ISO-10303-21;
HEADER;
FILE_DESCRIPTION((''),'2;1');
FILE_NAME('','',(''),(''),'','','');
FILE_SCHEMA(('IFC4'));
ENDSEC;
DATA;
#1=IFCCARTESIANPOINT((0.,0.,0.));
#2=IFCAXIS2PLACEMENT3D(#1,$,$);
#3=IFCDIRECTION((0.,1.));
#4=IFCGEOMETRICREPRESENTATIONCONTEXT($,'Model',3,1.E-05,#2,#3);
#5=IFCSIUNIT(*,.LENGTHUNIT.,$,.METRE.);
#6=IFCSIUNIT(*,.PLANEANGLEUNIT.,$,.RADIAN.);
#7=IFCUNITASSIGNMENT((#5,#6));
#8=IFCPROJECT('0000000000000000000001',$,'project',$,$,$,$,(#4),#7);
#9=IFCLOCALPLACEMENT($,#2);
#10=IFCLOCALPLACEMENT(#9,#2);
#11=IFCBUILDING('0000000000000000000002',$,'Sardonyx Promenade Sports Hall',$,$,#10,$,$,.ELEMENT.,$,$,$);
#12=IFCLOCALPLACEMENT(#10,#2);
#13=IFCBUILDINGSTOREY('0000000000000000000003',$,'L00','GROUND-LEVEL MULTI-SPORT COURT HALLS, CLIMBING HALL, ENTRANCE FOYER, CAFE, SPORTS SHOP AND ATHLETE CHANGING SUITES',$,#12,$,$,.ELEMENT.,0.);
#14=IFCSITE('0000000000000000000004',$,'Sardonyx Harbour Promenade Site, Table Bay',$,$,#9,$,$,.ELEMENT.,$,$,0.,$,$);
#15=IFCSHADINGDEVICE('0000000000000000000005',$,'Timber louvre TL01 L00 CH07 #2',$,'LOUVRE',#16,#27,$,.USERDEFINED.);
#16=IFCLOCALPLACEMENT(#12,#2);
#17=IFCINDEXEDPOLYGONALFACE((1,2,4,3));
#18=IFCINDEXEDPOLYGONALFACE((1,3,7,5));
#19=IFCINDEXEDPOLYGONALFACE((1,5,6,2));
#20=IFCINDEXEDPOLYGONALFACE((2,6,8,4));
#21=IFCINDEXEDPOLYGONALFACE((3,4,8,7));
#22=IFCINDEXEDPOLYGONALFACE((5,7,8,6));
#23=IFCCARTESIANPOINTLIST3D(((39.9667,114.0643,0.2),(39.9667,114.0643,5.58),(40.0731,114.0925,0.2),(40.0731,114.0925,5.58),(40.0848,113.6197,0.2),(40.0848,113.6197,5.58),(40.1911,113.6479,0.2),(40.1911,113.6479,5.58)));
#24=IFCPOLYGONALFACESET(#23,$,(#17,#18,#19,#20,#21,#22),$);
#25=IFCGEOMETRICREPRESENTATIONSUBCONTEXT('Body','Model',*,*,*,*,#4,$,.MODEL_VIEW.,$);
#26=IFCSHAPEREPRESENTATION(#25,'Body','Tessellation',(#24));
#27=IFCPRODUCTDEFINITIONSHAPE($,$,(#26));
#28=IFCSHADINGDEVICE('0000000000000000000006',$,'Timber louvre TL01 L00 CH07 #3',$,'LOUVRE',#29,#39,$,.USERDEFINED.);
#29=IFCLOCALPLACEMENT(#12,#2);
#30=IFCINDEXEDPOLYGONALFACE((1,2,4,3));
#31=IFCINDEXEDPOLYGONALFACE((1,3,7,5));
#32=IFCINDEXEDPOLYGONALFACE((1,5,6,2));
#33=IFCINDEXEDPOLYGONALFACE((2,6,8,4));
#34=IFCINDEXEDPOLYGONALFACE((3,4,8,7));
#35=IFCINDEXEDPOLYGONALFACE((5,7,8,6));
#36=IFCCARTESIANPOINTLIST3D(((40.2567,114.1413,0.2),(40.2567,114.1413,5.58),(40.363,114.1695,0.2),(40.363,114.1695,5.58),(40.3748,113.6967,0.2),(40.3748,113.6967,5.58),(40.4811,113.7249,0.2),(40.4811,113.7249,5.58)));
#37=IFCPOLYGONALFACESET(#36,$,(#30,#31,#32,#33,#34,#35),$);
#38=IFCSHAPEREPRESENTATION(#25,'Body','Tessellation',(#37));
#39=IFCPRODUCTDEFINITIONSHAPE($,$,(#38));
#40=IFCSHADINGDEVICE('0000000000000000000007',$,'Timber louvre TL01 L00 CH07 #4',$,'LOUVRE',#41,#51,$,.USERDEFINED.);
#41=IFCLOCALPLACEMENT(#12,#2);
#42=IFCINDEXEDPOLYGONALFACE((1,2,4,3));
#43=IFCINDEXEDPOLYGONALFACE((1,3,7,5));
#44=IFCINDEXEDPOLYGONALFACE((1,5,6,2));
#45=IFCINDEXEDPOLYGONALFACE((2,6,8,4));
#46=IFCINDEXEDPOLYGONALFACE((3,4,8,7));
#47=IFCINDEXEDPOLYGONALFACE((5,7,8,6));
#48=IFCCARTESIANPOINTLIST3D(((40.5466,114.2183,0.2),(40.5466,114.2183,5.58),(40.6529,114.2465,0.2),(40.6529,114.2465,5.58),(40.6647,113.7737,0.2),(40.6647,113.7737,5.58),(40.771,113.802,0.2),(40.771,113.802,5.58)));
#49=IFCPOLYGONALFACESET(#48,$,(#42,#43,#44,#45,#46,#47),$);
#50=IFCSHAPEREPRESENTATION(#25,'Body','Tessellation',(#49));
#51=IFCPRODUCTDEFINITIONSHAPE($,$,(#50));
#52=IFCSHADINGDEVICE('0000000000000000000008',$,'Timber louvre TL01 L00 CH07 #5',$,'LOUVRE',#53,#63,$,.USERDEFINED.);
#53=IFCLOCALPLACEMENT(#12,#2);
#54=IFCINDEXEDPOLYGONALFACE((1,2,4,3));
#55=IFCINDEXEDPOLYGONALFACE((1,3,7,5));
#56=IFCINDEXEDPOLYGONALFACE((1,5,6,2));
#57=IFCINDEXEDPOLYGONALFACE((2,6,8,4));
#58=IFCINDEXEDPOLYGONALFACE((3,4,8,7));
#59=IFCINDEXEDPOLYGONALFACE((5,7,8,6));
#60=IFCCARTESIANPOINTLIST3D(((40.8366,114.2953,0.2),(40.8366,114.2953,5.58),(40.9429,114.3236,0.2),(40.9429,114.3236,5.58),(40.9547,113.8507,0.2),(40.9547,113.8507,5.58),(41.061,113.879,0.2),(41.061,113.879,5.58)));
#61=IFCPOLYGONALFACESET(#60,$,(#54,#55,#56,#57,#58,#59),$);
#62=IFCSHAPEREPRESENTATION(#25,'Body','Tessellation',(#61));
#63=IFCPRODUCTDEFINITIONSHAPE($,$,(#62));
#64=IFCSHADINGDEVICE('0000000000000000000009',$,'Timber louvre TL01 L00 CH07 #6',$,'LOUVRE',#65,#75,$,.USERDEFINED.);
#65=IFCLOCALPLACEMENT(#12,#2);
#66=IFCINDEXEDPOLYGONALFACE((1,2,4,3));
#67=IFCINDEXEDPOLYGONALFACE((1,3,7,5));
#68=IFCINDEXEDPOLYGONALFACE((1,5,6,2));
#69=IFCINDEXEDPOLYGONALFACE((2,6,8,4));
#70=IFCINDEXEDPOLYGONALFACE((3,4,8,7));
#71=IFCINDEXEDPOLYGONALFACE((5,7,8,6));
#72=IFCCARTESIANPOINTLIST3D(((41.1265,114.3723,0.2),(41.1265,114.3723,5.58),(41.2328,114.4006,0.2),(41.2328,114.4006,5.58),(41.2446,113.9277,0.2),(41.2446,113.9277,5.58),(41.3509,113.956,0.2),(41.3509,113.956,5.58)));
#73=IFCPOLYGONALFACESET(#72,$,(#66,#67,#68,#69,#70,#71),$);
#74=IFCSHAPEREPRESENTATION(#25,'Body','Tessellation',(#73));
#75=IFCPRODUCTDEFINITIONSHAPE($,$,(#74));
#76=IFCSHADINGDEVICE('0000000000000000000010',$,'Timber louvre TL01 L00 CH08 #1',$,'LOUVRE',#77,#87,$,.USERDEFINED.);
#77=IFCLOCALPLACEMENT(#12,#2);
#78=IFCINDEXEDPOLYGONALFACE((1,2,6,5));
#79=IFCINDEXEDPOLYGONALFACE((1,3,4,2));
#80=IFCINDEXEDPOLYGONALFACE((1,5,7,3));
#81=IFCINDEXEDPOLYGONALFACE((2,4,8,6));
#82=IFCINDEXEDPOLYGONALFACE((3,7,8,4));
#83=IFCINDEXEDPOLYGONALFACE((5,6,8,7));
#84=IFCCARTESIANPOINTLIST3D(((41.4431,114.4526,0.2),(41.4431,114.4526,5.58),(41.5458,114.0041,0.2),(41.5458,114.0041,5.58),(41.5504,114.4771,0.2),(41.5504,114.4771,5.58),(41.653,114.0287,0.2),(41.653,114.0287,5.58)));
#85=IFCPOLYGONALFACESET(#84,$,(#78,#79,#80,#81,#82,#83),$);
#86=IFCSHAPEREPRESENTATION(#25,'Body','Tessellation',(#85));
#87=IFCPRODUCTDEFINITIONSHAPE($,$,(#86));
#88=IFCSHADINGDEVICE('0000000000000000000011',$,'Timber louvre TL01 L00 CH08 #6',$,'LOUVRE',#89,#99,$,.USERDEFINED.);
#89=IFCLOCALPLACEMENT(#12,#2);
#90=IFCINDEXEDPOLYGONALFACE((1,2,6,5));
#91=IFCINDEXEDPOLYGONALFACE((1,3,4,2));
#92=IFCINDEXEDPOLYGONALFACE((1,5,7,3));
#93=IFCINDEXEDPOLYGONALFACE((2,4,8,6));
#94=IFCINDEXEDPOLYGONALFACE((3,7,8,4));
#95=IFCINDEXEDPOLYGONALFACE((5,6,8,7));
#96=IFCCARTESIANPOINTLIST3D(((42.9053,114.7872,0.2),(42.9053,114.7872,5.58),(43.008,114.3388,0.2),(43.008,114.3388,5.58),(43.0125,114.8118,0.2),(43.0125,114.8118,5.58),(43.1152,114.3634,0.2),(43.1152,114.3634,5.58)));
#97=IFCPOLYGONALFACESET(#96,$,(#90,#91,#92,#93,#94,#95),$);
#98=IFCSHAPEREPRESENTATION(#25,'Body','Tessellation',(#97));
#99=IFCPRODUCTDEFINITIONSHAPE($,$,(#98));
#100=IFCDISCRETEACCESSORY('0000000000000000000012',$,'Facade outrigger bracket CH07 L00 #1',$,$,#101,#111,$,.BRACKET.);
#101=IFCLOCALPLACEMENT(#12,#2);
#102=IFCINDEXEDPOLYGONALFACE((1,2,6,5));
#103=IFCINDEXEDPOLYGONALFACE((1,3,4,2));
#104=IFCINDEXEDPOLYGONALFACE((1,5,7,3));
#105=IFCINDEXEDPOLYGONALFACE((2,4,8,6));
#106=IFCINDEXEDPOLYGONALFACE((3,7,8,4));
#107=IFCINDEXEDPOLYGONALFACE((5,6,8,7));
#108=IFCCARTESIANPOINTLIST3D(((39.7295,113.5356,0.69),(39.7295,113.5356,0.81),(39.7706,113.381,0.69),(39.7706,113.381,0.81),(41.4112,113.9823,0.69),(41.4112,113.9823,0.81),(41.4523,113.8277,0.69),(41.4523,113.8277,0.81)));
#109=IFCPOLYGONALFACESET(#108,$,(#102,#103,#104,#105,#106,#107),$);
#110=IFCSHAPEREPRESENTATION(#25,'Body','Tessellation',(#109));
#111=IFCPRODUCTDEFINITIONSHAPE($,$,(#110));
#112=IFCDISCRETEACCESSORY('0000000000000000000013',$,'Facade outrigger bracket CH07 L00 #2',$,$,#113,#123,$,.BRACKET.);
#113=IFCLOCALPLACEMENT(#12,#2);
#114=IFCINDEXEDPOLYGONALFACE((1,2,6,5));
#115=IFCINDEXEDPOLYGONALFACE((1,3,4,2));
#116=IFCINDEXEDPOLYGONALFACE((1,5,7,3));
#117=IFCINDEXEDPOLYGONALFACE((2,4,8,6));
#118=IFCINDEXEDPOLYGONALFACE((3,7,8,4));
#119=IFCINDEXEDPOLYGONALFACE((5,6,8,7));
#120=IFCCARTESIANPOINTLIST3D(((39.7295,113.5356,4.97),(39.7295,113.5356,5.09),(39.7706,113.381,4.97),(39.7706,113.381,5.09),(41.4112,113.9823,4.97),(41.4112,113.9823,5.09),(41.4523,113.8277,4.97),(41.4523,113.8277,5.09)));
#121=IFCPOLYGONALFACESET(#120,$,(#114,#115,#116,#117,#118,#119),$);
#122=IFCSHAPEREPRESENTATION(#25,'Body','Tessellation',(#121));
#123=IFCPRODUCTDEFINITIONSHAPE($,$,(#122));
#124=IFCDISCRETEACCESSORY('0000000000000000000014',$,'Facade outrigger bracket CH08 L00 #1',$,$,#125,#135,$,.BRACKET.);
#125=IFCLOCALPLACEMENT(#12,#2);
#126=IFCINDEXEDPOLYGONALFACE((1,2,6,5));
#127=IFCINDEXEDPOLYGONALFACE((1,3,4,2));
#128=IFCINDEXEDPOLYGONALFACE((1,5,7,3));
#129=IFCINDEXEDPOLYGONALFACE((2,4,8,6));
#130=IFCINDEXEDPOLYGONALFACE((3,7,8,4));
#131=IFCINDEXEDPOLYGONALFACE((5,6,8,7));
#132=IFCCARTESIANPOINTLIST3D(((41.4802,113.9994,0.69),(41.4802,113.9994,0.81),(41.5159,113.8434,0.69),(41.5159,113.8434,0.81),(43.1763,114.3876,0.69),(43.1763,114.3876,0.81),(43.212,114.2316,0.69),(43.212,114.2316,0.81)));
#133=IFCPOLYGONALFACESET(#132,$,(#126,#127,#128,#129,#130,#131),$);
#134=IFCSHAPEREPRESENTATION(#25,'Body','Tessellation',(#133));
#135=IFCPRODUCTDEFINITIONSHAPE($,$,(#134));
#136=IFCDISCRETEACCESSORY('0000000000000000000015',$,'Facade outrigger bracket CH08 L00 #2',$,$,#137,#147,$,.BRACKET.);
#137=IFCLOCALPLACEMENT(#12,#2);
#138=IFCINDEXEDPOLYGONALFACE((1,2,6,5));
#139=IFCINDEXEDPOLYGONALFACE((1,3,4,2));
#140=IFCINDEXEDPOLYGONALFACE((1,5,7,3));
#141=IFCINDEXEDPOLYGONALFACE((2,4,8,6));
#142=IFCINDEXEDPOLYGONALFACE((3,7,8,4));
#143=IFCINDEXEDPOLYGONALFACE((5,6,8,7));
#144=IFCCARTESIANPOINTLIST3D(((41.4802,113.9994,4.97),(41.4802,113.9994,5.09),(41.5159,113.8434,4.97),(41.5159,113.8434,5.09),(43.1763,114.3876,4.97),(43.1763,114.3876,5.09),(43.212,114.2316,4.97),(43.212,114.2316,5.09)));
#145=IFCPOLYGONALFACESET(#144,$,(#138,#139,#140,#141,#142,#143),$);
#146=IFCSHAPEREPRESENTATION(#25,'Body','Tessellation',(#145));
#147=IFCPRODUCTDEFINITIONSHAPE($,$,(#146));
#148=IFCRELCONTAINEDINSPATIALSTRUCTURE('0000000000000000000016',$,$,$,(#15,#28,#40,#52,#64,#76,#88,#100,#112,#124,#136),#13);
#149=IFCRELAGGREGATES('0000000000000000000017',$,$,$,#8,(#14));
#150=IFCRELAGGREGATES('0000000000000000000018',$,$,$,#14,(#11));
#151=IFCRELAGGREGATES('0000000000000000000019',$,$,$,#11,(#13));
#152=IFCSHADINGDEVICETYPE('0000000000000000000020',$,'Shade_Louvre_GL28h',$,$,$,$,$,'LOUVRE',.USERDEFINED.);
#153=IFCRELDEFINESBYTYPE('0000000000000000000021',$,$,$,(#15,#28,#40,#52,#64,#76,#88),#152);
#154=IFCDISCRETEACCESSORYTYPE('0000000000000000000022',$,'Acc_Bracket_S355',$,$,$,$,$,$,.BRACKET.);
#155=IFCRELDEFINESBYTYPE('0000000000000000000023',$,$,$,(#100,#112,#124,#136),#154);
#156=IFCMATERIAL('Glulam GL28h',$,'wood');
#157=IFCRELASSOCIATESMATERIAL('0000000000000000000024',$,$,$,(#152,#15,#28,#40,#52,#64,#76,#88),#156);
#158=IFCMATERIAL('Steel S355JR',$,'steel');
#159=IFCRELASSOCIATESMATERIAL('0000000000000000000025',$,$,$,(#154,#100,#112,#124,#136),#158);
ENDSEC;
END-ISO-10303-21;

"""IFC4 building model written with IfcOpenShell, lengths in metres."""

from ifc_helpers import new_model, si_unit, direction, frame, origin, place, context, subcontext, project, spatial, rectangle, extrude, material, type_object, element, save


model = new_model("IFC4")

# Units and contexts
model_context = context("Model", 3, precision=1e-05, world=origin(), true_north=direction((0.0, 1.0)))
body_context = subcontext(model_context, "Body", "Model", "MODEL_VIEW")
ifc_project = project(units=[si_unit("LENGTHUNIT", "METRE"), si_unit("PLANEANGLEUNIT", "RADIAN")], contexts=[model_context])

# Site, building, storey
site_placement = place(None, origin())
site = spatial("IfcSite", under=ifc_project, at=site_placement, Name="Sardonyx Harbour Promenade Site, Table Bay", CompositionType="ELEMENT", RefElevation=0.0)
building_placement = place(site_placement, origin())
building = spatial("IfcBuilding", under=site, at=building_placement, Name="Sardonyx Promenade Sports Hall", CompositionType="ELEMENT")
storey_placement = place(building_placement, origin())
storey = spatial("IfcBuildingStorey", under=building, at=storey_placement, Name="L00", Description="GROUND-LEVEL MULTI-SPORT COURT HALLS, CLIMBING HALL, ENTRANCE FOYER, CAFE, SPORTS SHOP AND ATHLETE CHANGING SUITES", CompositionType="ELEMENT", Elevation=0.0)

# Shading devices
ifc_material_1 = material(Name="Glulam GL28h", Category="wood")
shading_device_type_1 = type_object("IfcShadingDeviceType", Name="Shade_Louvre_GL28h", ElementType="LOUVRE", PredefinedType="USERDEFINED", material=ifc_material_1)
for number, where, z_axis, x_axis, name in (
    (1, (40.0789, 113.8561, 0.2), (0.0, 0.0, 1.0), (0.966485, 0.256721, 0.0), "Timber louvre TL01 L00 CH07 #2"),
    (2, (40.3689, 113.9331, 0.2), (0.0, 0.0, 1.0), (0.966485, 0.256721, 0.0), "Timber louvre TL01 L00 CH07 #3"),
    (3, (40.6588, 114.0101, 0.2), (0.0, 0.0, 1.0), (0.966485, 0.256721, 0.0), "Timber louvre TL01 L00 CH07 #4"),
    (4, (40.9488, 114.0871, 0.2), (0.0, 0.0, 1.0), (0.966485, 0.256721, 0.0), "Timber louvre TL01 L00 CH07 #5"),
    (5, (41.2387, 114.1642, 0.2), (0.0, 0.0, 1.0), (0.966485, 0.256721, 0.0), "Timber louvre TL01 L00 CH07 #6"),
    (6, (41.5481, 114.2406, 0.2), (0.0, 0.0, 1.0), (0.974792, 0.223117, 0.0), "Timber louvre TL01 L00 CH08 #1"),
    (7, (43.0102, 114.5753, 0.2), (0.0, 0.0, 1.0), (0.974792, 0.223117, 0.0), "Timber louvre TL01 L00 CH08 #6"),
):
    element("IfcShadingDevice", number, at=place(storey_placement, frame(where, z_axis=z_axis, x_axis=x_axis)), inside=storey, type_object=shading_device_type_1, material=ifc_material_1, Name=name, ObjectType="LOUVRE", PredefinedType="USERDEFINED", context=body_context, shape_type="SweptSolid", body=[
        extrude(rectangle(XDim=0.11, YDim=0.46), origin(), (0.0, 0.0, 1.0), 5.38),
    ])

# Discrete accessories
ifc_material_2 = material(Name="Steel S355JR", Category="steel")
discrete_accessory_type = type_object("IfcDiscreteAccessoryType", Name="Acc_Bracket_S355", PredefinedType="BRACKET", material=ifc_material_2)
for number, where, z_axis, x_axis, name in (
    (8, (40.5909, 113.6817, 0.69), (0.0, 0.0, 1.0), (0.966485, 0.256721, 0.0), "Facade outrigger bracket CH07 L00 #1"),
    (9, (40.5909, 113.6817, 4.97), (0.0, 0.0, 1.0), (0.966485, 0.256721, 0.0), "Facade outrigger bracket CH07 L00 #2"),
    (10, (42.3461, 114.1155, 0.69), (0.0, 0.0, 1.0), (0.974792, 0.223117, 0.0), "Facade outrigger bracket CH08 L00 #1"),
    (11, (42.3461, 114.1155, 4.97), (0.0, 0.0, 1.0), (0.974792, 0.223117, 0.0), "Facade outrigger bracket CH08 L00 #2"),
):
    element("IfcDiscreteAccessory", number, at=place(storey_placement, frame(where, z_axis=z_axis, x_axis=x_axis)), inside=storey, type_object=discrete_accessory_type, material=ifc_material_2, Name=name, PredefinedType="BRACKET", context=body_context, shape_type="SweptSolid", body=[
        extrude(rectangle(XDim=1.74, YDim=0.16), origin(), (0.0, 0.0, 1.0), 0.12),
    ])

save(model, "model.ifc")
